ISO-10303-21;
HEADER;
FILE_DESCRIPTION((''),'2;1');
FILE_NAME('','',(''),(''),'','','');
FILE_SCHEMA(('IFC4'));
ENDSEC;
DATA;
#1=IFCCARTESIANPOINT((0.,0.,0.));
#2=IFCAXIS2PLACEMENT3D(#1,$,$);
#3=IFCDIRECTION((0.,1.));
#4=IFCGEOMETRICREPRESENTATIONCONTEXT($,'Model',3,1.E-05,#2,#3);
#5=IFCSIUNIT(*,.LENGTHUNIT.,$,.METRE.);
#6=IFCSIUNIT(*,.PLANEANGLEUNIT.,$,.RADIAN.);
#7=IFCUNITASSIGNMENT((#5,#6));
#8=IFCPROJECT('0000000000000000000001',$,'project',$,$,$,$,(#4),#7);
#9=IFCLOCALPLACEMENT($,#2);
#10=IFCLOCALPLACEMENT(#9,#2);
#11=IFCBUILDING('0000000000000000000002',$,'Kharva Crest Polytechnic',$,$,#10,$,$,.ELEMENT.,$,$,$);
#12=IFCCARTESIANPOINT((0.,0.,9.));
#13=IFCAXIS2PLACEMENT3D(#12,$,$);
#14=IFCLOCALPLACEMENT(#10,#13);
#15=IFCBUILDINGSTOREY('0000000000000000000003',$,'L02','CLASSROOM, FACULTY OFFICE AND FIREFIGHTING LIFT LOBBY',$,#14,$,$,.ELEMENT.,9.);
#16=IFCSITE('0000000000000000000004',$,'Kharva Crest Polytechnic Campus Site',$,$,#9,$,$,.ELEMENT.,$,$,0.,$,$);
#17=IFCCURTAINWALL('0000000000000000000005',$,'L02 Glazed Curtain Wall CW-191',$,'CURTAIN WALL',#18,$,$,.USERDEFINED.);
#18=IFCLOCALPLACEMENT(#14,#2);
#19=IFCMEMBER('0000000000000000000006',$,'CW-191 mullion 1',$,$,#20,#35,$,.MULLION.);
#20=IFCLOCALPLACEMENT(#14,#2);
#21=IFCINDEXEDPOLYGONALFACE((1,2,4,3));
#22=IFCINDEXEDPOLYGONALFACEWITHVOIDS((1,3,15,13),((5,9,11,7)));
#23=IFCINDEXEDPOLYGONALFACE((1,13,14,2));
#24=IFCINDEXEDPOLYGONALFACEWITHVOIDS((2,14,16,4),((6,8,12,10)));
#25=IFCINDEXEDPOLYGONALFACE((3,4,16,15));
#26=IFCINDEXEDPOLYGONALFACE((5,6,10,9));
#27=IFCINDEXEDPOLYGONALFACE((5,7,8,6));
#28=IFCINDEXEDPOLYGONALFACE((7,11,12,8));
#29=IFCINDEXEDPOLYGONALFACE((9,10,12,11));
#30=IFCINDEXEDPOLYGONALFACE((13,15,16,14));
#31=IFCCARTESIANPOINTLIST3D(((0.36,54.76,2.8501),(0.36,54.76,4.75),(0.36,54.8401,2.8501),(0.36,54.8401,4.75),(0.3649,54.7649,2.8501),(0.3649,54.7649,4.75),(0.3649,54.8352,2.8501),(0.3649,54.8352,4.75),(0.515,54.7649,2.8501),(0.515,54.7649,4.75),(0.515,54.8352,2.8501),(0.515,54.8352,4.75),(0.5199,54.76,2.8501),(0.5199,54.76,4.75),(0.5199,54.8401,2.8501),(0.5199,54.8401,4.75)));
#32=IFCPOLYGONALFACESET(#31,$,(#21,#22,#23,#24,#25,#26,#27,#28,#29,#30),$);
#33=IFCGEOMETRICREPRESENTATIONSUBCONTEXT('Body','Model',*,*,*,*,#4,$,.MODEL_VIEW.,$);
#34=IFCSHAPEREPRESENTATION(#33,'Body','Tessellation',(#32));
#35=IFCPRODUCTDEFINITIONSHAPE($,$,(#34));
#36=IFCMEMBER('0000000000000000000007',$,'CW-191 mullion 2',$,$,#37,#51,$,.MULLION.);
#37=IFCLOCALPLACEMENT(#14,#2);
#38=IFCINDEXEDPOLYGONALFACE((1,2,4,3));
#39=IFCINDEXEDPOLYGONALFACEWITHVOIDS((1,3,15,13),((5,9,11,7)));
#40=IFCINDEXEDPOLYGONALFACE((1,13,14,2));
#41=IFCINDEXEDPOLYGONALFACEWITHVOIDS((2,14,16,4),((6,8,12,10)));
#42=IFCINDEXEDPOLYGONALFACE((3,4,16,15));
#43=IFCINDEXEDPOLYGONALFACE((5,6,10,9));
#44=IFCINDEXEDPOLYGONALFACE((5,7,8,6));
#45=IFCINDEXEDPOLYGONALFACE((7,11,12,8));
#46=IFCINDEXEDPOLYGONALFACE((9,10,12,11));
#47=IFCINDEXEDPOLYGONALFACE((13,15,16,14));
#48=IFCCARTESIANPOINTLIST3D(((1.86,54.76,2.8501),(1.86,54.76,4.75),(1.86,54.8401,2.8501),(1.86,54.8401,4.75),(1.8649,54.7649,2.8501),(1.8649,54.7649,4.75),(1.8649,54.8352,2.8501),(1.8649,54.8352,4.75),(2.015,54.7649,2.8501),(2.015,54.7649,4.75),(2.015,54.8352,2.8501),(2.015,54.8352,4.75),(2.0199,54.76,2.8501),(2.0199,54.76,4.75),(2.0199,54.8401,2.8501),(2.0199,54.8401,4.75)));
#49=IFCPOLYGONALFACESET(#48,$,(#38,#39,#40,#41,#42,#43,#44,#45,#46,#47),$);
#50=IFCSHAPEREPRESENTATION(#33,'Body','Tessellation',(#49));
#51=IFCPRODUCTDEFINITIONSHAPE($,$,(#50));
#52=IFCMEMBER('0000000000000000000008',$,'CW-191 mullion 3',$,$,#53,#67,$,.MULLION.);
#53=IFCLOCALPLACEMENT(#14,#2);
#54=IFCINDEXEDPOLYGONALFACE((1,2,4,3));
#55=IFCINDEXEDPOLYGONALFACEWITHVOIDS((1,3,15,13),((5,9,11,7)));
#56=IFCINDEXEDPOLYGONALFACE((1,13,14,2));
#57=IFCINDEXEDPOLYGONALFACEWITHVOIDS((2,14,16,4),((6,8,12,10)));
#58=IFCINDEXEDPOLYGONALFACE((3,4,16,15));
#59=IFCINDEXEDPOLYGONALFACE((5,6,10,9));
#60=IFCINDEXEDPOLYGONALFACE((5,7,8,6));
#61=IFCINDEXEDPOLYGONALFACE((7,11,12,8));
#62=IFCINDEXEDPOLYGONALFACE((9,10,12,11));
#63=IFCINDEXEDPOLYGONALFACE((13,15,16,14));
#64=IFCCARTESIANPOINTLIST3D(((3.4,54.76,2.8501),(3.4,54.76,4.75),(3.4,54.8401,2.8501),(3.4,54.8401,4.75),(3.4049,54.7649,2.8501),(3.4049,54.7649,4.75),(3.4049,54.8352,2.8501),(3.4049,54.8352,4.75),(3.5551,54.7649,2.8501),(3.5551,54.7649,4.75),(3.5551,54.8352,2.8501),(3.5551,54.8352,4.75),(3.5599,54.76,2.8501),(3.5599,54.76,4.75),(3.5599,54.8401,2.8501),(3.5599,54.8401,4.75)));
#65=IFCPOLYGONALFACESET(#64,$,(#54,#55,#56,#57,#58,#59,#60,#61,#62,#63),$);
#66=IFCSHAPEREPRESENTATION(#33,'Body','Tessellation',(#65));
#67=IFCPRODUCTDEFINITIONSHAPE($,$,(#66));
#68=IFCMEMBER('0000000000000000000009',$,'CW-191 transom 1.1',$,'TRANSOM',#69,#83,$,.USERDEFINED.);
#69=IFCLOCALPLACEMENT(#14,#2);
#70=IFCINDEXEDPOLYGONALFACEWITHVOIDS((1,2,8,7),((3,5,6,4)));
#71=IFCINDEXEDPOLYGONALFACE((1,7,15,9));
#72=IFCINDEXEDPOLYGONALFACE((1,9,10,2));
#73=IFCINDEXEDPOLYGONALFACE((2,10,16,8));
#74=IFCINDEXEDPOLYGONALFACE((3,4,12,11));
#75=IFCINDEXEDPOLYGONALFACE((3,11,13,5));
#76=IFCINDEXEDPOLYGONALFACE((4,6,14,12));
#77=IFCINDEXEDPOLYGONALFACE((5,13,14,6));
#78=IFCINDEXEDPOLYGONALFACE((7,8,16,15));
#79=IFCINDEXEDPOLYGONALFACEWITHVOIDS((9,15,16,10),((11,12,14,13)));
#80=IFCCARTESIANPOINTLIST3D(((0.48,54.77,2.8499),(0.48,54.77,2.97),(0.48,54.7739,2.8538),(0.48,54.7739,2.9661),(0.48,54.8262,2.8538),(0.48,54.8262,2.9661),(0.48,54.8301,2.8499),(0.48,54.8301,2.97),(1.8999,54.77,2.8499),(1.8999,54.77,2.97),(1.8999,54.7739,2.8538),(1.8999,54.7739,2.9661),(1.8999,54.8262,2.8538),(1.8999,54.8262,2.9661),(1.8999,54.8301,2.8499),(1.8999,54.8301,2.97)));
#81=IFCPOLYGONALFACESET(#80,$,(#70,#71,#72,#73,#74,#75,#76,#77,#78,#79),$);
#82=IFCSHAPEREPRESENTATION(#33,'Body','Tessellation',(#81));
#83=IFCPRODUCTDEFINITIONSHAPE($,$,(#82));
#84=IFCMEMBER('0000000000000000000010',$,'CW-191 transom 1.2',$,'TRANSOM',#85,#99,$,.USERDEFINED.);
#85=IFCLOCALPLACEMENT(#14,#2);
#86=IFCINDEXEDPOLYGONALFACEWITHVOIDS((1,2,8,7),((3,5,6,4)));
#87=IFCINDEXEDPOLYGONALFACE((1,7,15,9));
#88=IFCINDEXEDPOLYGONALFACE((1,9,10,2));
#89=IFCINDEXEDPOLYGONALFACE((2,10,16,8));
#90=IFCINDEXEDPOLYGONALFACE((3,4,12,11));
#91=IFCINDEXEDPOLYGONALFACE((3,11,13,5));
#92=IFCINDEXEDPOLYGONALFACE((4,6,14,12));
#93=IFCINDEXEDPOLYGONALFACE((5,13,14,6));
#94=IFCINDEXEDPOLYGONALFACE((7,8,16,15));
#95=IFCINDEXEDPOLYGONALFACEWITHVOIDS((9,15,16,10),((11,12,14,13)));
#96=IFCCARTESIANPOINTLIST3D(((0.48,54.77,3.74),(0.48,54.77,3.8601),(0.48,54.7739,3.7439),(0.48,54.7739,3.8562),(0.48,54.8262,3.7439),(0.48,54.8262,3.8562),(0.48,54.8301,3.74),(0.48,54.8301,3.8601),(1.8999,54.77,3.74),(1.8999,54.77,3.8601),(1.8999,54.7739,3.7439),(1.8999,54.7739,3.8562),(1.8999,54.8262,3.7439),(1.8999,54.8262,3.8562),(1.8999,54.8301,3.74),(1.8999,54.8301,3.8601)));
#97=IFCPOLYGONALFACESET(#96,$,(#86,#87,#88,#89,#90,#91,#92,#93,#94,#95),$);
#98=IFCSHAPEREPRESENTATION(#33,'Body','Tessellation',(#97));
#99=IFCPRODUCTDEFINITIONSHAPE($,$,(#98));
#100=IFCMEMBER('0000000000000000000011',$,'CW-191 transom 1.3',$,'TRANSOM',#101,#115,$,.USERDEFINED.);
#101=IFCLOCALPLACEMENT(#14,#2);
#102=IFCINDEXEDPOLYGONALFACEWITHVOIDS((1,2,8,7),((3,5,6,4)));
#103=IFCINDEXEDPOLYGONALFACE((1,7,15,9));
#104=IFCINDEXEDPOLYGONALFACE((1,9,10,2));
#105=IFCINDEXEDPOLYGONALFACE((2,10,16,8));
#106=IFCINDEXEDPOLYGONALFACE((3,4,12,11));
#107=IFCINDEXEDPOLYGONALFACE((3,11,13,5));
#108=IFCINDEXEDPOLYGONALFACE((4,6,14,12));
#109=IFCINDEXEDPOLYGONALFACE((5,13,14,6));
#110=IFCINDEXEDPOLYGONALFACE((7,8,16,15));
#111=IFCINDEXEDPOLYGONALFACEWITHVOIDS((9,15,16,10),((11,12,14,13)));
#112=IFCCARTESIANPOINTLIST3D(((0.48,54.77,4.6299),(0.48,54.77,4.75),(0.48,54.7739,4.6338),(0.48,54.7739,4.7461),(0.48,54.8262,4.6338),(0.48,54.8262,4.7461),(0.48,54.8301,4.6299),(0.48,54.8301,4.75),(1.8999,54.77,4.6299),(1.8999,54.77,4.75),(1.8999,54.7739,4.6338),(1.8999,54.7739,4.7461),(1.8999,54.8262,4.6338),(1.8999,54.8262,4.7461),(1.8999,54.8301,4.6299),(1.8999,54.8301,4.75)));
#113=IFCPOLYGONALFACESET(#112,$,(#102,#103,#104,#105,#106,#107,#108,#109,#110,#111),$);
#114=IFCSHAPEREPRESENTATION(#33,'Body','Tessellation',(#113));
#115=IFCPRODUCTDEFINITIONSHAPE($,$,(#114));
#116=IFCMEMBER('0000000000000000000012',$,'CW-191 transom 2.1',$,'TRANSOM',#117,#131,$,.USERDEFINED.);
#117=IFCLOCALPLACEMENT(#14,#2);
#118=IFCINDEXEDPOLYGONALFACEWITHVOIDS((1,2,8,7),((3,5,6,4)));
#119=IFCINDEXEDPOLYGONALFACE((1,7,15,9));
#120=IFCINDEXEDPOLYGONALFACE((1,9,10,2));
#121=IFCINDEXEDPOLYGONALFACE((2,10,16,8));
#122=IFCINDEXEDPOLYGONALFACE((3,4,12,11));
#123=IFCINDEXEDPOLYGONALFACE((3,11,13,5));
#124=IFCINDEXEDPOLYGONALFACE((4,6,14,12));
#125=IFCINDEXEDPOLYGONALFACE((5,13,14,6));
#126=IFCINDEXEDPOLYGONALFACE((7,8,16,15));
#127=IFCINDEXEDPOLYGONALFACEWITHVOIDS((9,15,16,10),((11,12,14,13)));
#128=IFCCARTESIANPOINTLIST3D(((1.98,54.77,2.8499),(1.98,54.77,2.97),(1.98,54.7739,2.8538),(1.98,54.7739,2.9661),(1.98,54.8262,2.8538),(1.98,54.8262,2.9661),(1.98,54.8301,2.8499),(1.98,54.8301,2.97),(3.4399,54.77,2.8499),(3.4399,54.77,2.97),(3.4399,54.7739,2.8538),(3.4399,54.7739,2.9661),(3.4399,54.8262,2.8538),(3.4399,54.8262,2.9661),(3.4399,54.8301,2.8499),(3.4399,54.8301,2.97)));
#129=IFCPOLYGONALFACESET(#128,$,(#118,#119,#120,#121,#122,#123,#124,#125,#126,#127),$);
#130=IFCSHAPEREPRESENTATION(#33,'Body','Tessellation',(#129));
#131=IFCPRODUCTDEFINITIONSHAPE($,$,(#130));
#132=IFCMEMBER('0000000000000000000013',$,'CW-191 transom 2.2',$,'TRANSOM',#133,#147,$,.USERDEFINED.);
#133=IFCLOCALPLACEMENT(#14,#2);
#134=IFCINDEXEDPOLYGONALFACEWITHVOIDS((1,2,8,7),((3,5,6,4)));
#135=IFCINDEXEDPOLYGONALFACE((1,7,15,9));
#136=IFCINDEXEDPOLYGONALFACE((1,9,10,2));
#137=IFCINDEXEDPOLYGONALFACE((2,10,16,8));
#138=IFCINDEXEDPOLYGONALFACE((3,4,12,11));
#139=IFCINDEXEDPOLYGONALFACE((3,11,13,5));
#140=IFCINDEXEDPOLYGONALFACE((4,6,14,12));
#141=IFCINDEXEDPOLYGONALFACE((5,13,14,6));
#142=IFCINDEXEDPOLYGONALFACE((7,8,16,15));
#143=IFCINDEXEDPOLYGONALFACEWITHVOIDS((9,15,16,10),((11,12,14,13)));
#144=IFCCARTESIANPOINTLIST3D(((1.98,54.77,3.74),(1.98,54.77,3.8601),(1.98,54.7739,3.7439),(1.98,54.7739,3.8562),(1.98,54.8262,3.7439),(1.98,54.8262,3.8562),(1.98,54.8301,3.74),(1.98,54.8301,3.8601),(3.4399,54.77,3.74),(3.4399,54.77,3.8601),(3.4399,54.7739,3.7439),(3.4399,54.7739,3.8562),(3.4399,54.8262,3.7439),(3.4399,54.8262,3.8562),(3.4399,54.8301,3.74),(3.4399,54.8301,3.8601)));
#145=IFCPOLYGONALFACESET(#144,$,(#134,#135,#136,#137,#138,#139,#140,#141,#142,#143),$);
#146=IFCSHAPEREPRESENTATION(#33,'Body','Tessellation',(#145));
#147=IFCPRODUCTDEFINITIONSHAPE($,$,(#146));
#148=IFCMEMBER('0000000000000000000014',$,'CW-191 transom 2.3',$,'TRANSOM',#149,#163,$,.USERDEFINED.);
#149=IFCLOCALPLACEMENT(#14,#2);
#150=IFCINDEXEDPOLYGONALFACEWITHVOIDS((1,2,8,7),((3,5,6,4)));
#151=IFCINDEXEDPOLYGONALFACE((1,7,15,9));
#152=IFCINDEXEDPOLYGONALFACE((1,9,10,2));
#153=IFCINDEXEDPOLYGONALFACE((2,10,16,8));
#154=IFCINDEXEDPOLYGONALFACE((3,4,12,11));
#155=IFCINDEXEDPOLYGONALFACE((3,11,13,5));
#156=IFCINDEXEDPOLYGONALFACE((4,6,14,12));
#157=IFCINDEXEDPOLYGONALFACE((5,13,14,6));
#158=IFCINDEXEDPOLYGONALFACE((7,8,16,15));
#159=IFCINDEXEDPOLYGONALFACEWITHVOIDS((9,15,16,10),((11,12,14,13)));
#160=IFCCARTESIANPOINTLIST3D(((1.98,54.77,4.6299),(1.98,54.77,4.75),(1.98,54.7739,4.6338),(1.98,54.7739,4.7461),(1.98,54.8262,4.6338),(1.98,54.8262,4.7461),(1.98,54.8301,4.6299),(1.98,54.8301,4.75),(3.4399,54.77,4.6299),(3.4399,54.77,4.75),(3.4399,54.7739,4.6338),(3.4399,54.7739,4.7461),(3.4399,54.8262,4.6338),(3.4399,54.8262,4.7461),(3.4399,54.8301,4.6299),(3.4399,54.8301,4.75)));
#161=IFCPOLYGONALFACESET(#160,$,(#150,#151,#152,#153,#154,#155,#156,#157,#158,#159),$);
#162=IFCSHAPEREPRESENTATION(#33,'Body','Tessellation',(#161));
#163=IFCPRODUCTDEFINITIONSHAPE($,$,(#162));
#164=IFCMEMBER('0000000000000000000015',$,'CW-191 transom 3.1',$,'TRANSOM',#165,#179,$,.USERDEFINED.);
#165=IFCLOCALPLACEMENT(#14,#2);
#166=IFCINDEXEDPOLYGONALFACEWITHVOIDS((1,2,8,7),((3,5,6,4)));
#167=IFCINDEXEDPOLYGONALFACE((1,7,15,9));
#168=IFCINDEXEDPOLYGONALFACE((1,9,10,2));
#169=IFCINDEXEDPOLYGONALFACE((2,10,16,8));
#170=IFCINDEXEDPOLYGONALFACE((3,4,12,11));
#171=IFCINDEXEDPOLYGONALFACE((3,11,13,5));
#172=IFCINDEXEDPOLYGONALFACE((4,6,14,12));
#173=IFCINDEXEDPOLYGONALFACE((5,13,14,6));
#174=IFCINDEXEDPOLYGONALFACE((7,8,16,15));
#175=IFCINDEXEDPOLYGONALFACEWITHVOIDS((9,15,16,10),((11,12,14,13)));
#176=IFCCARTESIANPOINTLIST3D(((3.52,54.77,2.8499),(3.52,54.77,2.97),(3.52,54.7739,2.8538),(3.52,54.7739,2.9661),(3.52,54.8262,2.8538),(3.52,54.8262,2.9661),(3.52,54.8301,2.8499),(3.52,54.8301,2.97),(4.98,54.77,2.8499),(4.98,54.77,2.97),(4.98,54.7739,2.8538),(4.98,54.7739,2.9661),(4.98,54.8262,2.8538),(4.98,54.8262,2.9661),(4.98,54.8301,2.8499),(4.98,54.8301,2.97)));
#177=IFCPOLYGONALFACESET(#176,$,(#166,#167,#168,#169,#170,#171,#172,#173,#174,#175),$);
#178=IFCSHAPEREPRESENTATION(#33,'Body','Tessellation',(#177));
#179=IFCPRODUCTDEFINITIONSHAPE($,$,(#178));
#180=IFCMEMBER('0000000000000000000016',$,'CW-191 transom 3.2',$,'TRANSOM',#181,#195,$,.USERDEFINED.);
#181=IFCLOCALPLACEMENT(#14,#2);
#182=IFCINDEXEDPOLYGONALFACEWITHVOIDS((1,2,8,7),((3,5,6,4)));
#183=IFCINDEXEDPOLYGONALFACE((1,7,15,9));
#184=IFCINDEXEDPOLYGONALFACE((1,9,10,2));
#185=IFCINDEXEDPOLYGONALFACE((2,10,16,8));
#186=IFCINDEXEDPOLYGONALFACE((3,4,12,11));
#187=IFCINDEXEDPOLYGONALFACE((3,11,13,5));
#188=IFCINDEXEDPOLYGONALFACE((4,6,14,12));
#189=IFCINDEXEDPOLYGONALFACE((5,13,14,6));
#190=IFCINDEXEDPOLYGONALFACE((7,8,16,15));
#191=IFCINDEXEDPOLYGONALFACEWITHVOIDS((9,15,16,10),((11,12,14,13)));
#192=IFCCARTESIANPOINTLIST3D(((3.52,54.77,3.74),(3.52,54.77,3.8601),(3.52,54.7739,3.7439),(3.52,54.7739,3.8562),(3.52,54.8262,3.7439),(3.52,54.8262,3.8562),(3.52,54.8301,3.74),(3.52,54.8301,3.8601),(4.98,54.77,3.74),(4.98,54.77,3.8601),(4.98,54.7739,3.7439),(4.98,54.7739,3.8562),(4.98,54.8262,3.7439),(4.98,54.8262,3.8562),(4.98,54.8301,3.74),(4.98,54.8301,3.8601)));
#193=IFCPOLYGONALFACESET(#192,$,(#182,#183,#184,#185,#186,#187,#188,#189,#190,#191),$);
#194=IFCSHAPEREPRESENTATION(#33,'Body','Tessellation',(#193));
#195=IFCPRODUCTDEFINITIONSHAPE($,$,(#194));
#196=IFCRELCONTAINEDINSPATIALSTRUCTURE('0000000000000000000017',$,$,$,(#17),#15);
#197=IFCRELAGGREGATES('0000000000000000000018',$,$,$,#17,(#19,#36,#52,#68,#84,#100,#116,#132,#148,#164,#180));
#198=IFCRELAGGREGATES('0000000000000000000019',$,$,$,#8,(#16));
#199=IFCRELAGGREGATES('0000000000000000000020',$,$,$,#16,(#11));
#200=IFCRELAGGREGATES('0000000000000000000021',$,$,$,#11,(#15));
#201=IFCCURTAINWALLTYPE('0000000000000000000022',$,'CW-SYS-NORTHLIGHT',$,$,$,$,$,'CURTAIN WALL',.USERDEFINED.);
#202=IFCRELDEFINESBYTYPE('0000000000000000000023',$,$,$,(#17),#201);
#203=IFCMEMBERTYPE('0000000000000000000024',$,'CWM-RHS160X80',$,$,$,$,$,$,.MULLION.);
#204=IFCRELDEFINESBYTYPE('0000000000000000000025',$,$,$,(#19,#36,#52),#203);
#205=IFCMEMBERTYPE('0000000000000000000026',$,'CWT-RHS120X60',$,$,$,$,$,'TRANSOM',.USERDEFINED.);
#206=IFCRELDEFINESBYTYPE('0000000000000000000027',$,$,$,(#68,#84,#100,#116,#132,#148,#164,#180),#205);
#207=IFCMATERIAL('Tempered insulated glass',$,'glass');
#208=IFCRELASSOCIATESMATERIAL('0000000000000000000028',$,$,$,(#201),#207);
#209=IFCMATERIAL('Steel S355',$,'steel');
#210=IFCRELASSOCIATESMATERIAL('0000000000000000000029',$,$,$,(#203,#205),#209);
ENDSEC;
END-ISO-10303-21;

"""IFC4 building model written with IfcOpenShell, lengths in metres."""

from ifc_helpers import new_model, si_unit, direction, frame, origin, origin_2d, place, context, subcontext, project, spatial, hollow_rectangle, extrude, material, material_profile, profile_set, type_object, element, aggregate, save


model = new_model("IFC4")

# Units and contexts
model_context = context("Model", 3, precision=1e-05, world=origin(), true_north=direction((0.0, 1.0)))
body_context = subcontext(model_context, "Body", "Model", "MODEL_VIEW")
ifc_project = project(units=[si_unit("LENGTHUNIT", "METRE"), si_unit("PLANEANGLEUNIT", "RADIAN")], contexts=[model_context])

# Site, building, storey
site_placement = place(None, origin())
site = spatial("IfcSite", under=ifc_project, at=site_placement, Name="Kharva Crest Polytechnic Campus Site", CompositionType="ELEMENT", RefElevation=0.0)
building_placement = place(site_placement, origin())
building = spatial("IfcBuilding", under=site, at=building_placement, Name="Kharva Crest Polytechnic", CompositionType="ELEMENT")
storey_placement = place(building_placement, frame((0.0, 0.0, 9.0)))
storey = spatial("IfcBuildingStorey", under=building, at=storey_placement, Name="L02", Description="CLASSROOM, FACULTY OFFICE AND FIREFIGHTING LIFT LOBBY", CompositionType="ELEMENT", Elevation=9.0)

# Curtain wall, members
ifc_material_1 = material(Name="Tempered insulated glass", Category="glass")
curtain_wall_type = type_object("IfcCurtainWallType", Name="CW-SYS-NORTHLIGHT", ElementType="CURTAIN WALL", PredefinedType="USERDEFINED", material=ifc_material_1)
curtain_wall_placement = place(storey_placement, origin())
curtain_wall = element("IfcCurtainWall", 1, at=curtain_wall_placement, inside=storey, type_object=curtain_wall_type, Name="L02 Glazed Curtain Wall CW-191", ObjectType="CURTAIN WALL", PredefinedType="USERDEFINED")
ifc_material_2 = material(Name="Steel S355", Category="steel")
ifc_material_profile_1 = material_profile(ifc_material_2, hollow_rectangle(XDim=0.0801, YDim=0.1599, WallThickness=0.0049, at=origin_2d()), Name="RHS 160X80X5.0")
ifc_profile_set_1 = profile_set([ifc_material_profile_1], Name="Steel S355")
member_type_1 = type_object("IfcMemberType", Name="CWM-RHS160X80", PredefinedType="MULLION", material=ifc_profile_set_1)
member_1_placement = place(storey_placement, frame((0.4399, 54.8, 2.8501), z_axis=(0.0, 0.0, 1.0), x_axis=(0.0, 1.0, 0.0)))
member_1 = element("IfcMember", 2, at=member_1_placement, type_object=member_type_1, Name="CW-191 mullion 1", PredefinedType="MULLION", context=body_context, shape_type="SweptSolid", body=[
    extrude(hollow_rectangle(XDim=0.0801, YDim=0.1599, WallThickness=0.0049, at=origin_2d()), origin(), (0.0, 0.0, 1.0), 1.8999),
])
member_2_placement = place(storey_placement, frame((1.9399, 54.8, 2.8501), z_axis=(0.0, 0.0, 1.0), x_axis=(0.0, 1.0, 0.0)))
member_2 = element("IfcMember", 3, at=member_2_placement, type_object=member_type_1, Name="CW-191 mullion 2", PredefinedType="MULLION", context=body_context, shape_type="SweptSolid", body=[
    extrude(hollow_rectangle(XDim=0.0801, YDim=0.1599, WallThickness=0.0049, at=origin_2d()), origin(), (0.0, 0.0, 1.0), 1.8999),
])
member_3_placement = place(storey_placement, frame((3.48, 54.8, 2.8501), z_axis=(0.0, 0.0, 1.0), x_axis=(0.0, 1.0, 0.0)))
member_3 = element("IfcMember", 4, at=member_3_placement, type_object=member_type_1, Name="CW-191 mullion 3", PredefinedType="MULLION", context=body_context, shape_type="SweptSolid", body=[
    extrude(hollow_rectangle(XDim=0.0801, YDim=0.1599, WallThickness=0.0049, at=origin_2d()), origin(), (0.0, 0.0, 1.0), 1.8999),
])
ifc_material_profile_2 = material_profile(ifc_material_2, hollow_rectangle(XDim=0.0601, YDim=0.1201, WallThickness=0.0039, at=origin_2d()), Name="RHS 120X60X4.0")
ifc_profile_set_2 = profile_set([ifc_material_profile_2], Name="Steel S355")
member_type_2 = type_object("IfcMemberType", Name="CWT-RHS120X60", ElementType="TRANSOM", PredefinedType="USERDEFINED", material=ifc_profile_set_2)
member_4_placement = place(storey_placement, frame((0.48, 54.8, 2.9099), z_axis=(1.0, 0.0, 0.0), x_axis=(0.0, 1.0, 0.0)))
member_4 = element("IfcMember", 5, at=member_4_placement, type_object=member_type_2, Name="CW-191 transom 1.1", ObjectType="TRANSOM", PredefinedType="USERDEFINED", context=body_context, shape_type="SweptSolid", body=[
    extrude(hollow_rectangle(XDim=0.0601, YDim=0.1201, WallThickness=0.0039, at=origin_2d()), origin(), (0.0, 0.0, 1.0), 1.4199),
])
member_5_placement = place(storey_placement, frame((0.48, 54.8, 3.8), z_axis=(1.0, 0.0, 0.0), x_axis=(0.0, 1.0, 0.0)))
member_5 = element("IfcMember", 6, at=member_5_placement, type_object=member_type_2, Name="CW-191 transom 1.2", ObjectType="TRANSOM", PredefinedType="USERDEFINED", context=body_context, shape_type="SweptSolid", body=[
    extrude(hollow_rectangle(XDim=0.0601, YDim=0.1201, WallThickness=0.0039, at=origin_2d()), origin(), (0.0, 0.0, 1.0), 1.4199),
])
member_6_placement = place(storey_placement, frame((0.48, 54.8, 4.6899), z_axis=(1.0, 0.0, 0.0), x_axis=(0.0, 1.0, 0.0)))
member_6 = element("IfcMember", 7, at=member_6_placement, type_object=member_type_2, Name="CW-191 transom 1.3", ObjectType="TRANSOM", PredefinedType="USERDEFINED", context=body_context, shape_type="SweptSolid", body=[
    extrude(hollow_rectangle(XDim=0.0601, YDim=0.1201, WallThickness=0.0039, at=origin_2d()), origin(), (0.0, 0.0, 1.0), 1.4199),
])
member_7_placement = place(storey_placement, frame((1.98, 54.8, 2.9099), z_axis=(1.0, 0.0, 0.0), x_axis=(0.0, 1.0, 0.0)))
member_7 = element("IfcMember", 8, at=member_7_placement, type_object=member_type_2, Name="CW-191 transom 2.1", ObjectType="TRANSOM", PredefinedType="USERDEFINED", context=body_context, shape_type="SweptSolid", body=[
    extrude(hollow_rectangle(XDim=0.0601, YDim=0.1201, WallThickness=0.0039, at=origin_2d()), origin(), (0.0, 0.0, 1.0), 1.46),
])
member_8_placement = place(storey_placement, frame((1.98, 54.8, 3.8), z_axis=(1.0, 0.0, 0.0), x_axis=(0.0, 1.0, 0.0)))
member_8 = element("IfcMember", 9, at=member_8_placement, type_object=member_type_2, Name="CW-191 transom 2.2", ObjectType="TRANSOM", PredefinedType="USERDEFINED", context=body_context, shape_type="SweptSolid", body=[
    extrude(hollow_rectangle(XDim=0.0601, YDim=0.1201, WallThickness=0.0039, at=origin_2d()), origin(), (0.0, 0.0, 1.0), 1.46),
])
member_9_placement = place(storey_placement, frame((1.98, 54.8, 4.6899), z_axis=(1.0, 0.0, 0.0), x_axis=(0.0, 1.0, 0.0)))
member_9 = element("IfcMember", 10, at=member_9_placement, type_object=member_type_2, Name="CW-191 transom 2.3", ObjectType="TRANSOM", PredefinedType="USERDEFINED", context=body_context, shape_type="SweptSolid", body=[
    extrude(hollow_rectangle(XDim=0.0601, YDim=0.1201, WallThickness=0.0039, at=origin_2d()), origin(), (0.0, 0.0, 1.0), 1.46),
])
member_10_placement = place(storey_placement, frame((3.52, 54.8, 2.9099), z_axis=(1.0, 0.0, 0.0), x_axis=(0.0, 1.0, 0.0)))
member_10 = element("IfcMember", 11, at=member_10_placement, type_object=member_type_2, Name="CW-191 transom 3.1", ObjectType="TRANSOM", PredefinedType="USERDEFINED", context=body_context, shape_type="SweptSolid", body=[
    extrude(hollow_rectangle(XDim=0.0601, YDim=0.1201, WallThickness=0.0039, at=origin_2d()), origin(), (0.0, 0.0, 1.0), 1.46),
])
member_11_placement = place(storey_placement, frame((3.52, 54.8, 3.8), z_axis=(1.0, 0.0, 0.0), x_axis=(0.0, 1.0, 0.0)))
member_11 = element("IfcMember", 12, at=member_11_placement, type_object=member_type_2, Name="CW-191 transom 3.2", ObjectType="TRANSOM", PredefinedType="USERDEFINED", context=body_context, shape_type="SweptSolid", body=[
    extrude(hollow_rectangle(XDim=0.0601, YDim=0.1201, WallThickness=0.0039, at=origin_2d()), origin(), (0.0, 0.0, 1.0), 1.46),
])

aggregate(curtain_wall, [member_1, member_2, member_3, member_4, member_5, member_6, member_7, member_8, member_9, member_10, member_11])

save(model, "model.ifc")
